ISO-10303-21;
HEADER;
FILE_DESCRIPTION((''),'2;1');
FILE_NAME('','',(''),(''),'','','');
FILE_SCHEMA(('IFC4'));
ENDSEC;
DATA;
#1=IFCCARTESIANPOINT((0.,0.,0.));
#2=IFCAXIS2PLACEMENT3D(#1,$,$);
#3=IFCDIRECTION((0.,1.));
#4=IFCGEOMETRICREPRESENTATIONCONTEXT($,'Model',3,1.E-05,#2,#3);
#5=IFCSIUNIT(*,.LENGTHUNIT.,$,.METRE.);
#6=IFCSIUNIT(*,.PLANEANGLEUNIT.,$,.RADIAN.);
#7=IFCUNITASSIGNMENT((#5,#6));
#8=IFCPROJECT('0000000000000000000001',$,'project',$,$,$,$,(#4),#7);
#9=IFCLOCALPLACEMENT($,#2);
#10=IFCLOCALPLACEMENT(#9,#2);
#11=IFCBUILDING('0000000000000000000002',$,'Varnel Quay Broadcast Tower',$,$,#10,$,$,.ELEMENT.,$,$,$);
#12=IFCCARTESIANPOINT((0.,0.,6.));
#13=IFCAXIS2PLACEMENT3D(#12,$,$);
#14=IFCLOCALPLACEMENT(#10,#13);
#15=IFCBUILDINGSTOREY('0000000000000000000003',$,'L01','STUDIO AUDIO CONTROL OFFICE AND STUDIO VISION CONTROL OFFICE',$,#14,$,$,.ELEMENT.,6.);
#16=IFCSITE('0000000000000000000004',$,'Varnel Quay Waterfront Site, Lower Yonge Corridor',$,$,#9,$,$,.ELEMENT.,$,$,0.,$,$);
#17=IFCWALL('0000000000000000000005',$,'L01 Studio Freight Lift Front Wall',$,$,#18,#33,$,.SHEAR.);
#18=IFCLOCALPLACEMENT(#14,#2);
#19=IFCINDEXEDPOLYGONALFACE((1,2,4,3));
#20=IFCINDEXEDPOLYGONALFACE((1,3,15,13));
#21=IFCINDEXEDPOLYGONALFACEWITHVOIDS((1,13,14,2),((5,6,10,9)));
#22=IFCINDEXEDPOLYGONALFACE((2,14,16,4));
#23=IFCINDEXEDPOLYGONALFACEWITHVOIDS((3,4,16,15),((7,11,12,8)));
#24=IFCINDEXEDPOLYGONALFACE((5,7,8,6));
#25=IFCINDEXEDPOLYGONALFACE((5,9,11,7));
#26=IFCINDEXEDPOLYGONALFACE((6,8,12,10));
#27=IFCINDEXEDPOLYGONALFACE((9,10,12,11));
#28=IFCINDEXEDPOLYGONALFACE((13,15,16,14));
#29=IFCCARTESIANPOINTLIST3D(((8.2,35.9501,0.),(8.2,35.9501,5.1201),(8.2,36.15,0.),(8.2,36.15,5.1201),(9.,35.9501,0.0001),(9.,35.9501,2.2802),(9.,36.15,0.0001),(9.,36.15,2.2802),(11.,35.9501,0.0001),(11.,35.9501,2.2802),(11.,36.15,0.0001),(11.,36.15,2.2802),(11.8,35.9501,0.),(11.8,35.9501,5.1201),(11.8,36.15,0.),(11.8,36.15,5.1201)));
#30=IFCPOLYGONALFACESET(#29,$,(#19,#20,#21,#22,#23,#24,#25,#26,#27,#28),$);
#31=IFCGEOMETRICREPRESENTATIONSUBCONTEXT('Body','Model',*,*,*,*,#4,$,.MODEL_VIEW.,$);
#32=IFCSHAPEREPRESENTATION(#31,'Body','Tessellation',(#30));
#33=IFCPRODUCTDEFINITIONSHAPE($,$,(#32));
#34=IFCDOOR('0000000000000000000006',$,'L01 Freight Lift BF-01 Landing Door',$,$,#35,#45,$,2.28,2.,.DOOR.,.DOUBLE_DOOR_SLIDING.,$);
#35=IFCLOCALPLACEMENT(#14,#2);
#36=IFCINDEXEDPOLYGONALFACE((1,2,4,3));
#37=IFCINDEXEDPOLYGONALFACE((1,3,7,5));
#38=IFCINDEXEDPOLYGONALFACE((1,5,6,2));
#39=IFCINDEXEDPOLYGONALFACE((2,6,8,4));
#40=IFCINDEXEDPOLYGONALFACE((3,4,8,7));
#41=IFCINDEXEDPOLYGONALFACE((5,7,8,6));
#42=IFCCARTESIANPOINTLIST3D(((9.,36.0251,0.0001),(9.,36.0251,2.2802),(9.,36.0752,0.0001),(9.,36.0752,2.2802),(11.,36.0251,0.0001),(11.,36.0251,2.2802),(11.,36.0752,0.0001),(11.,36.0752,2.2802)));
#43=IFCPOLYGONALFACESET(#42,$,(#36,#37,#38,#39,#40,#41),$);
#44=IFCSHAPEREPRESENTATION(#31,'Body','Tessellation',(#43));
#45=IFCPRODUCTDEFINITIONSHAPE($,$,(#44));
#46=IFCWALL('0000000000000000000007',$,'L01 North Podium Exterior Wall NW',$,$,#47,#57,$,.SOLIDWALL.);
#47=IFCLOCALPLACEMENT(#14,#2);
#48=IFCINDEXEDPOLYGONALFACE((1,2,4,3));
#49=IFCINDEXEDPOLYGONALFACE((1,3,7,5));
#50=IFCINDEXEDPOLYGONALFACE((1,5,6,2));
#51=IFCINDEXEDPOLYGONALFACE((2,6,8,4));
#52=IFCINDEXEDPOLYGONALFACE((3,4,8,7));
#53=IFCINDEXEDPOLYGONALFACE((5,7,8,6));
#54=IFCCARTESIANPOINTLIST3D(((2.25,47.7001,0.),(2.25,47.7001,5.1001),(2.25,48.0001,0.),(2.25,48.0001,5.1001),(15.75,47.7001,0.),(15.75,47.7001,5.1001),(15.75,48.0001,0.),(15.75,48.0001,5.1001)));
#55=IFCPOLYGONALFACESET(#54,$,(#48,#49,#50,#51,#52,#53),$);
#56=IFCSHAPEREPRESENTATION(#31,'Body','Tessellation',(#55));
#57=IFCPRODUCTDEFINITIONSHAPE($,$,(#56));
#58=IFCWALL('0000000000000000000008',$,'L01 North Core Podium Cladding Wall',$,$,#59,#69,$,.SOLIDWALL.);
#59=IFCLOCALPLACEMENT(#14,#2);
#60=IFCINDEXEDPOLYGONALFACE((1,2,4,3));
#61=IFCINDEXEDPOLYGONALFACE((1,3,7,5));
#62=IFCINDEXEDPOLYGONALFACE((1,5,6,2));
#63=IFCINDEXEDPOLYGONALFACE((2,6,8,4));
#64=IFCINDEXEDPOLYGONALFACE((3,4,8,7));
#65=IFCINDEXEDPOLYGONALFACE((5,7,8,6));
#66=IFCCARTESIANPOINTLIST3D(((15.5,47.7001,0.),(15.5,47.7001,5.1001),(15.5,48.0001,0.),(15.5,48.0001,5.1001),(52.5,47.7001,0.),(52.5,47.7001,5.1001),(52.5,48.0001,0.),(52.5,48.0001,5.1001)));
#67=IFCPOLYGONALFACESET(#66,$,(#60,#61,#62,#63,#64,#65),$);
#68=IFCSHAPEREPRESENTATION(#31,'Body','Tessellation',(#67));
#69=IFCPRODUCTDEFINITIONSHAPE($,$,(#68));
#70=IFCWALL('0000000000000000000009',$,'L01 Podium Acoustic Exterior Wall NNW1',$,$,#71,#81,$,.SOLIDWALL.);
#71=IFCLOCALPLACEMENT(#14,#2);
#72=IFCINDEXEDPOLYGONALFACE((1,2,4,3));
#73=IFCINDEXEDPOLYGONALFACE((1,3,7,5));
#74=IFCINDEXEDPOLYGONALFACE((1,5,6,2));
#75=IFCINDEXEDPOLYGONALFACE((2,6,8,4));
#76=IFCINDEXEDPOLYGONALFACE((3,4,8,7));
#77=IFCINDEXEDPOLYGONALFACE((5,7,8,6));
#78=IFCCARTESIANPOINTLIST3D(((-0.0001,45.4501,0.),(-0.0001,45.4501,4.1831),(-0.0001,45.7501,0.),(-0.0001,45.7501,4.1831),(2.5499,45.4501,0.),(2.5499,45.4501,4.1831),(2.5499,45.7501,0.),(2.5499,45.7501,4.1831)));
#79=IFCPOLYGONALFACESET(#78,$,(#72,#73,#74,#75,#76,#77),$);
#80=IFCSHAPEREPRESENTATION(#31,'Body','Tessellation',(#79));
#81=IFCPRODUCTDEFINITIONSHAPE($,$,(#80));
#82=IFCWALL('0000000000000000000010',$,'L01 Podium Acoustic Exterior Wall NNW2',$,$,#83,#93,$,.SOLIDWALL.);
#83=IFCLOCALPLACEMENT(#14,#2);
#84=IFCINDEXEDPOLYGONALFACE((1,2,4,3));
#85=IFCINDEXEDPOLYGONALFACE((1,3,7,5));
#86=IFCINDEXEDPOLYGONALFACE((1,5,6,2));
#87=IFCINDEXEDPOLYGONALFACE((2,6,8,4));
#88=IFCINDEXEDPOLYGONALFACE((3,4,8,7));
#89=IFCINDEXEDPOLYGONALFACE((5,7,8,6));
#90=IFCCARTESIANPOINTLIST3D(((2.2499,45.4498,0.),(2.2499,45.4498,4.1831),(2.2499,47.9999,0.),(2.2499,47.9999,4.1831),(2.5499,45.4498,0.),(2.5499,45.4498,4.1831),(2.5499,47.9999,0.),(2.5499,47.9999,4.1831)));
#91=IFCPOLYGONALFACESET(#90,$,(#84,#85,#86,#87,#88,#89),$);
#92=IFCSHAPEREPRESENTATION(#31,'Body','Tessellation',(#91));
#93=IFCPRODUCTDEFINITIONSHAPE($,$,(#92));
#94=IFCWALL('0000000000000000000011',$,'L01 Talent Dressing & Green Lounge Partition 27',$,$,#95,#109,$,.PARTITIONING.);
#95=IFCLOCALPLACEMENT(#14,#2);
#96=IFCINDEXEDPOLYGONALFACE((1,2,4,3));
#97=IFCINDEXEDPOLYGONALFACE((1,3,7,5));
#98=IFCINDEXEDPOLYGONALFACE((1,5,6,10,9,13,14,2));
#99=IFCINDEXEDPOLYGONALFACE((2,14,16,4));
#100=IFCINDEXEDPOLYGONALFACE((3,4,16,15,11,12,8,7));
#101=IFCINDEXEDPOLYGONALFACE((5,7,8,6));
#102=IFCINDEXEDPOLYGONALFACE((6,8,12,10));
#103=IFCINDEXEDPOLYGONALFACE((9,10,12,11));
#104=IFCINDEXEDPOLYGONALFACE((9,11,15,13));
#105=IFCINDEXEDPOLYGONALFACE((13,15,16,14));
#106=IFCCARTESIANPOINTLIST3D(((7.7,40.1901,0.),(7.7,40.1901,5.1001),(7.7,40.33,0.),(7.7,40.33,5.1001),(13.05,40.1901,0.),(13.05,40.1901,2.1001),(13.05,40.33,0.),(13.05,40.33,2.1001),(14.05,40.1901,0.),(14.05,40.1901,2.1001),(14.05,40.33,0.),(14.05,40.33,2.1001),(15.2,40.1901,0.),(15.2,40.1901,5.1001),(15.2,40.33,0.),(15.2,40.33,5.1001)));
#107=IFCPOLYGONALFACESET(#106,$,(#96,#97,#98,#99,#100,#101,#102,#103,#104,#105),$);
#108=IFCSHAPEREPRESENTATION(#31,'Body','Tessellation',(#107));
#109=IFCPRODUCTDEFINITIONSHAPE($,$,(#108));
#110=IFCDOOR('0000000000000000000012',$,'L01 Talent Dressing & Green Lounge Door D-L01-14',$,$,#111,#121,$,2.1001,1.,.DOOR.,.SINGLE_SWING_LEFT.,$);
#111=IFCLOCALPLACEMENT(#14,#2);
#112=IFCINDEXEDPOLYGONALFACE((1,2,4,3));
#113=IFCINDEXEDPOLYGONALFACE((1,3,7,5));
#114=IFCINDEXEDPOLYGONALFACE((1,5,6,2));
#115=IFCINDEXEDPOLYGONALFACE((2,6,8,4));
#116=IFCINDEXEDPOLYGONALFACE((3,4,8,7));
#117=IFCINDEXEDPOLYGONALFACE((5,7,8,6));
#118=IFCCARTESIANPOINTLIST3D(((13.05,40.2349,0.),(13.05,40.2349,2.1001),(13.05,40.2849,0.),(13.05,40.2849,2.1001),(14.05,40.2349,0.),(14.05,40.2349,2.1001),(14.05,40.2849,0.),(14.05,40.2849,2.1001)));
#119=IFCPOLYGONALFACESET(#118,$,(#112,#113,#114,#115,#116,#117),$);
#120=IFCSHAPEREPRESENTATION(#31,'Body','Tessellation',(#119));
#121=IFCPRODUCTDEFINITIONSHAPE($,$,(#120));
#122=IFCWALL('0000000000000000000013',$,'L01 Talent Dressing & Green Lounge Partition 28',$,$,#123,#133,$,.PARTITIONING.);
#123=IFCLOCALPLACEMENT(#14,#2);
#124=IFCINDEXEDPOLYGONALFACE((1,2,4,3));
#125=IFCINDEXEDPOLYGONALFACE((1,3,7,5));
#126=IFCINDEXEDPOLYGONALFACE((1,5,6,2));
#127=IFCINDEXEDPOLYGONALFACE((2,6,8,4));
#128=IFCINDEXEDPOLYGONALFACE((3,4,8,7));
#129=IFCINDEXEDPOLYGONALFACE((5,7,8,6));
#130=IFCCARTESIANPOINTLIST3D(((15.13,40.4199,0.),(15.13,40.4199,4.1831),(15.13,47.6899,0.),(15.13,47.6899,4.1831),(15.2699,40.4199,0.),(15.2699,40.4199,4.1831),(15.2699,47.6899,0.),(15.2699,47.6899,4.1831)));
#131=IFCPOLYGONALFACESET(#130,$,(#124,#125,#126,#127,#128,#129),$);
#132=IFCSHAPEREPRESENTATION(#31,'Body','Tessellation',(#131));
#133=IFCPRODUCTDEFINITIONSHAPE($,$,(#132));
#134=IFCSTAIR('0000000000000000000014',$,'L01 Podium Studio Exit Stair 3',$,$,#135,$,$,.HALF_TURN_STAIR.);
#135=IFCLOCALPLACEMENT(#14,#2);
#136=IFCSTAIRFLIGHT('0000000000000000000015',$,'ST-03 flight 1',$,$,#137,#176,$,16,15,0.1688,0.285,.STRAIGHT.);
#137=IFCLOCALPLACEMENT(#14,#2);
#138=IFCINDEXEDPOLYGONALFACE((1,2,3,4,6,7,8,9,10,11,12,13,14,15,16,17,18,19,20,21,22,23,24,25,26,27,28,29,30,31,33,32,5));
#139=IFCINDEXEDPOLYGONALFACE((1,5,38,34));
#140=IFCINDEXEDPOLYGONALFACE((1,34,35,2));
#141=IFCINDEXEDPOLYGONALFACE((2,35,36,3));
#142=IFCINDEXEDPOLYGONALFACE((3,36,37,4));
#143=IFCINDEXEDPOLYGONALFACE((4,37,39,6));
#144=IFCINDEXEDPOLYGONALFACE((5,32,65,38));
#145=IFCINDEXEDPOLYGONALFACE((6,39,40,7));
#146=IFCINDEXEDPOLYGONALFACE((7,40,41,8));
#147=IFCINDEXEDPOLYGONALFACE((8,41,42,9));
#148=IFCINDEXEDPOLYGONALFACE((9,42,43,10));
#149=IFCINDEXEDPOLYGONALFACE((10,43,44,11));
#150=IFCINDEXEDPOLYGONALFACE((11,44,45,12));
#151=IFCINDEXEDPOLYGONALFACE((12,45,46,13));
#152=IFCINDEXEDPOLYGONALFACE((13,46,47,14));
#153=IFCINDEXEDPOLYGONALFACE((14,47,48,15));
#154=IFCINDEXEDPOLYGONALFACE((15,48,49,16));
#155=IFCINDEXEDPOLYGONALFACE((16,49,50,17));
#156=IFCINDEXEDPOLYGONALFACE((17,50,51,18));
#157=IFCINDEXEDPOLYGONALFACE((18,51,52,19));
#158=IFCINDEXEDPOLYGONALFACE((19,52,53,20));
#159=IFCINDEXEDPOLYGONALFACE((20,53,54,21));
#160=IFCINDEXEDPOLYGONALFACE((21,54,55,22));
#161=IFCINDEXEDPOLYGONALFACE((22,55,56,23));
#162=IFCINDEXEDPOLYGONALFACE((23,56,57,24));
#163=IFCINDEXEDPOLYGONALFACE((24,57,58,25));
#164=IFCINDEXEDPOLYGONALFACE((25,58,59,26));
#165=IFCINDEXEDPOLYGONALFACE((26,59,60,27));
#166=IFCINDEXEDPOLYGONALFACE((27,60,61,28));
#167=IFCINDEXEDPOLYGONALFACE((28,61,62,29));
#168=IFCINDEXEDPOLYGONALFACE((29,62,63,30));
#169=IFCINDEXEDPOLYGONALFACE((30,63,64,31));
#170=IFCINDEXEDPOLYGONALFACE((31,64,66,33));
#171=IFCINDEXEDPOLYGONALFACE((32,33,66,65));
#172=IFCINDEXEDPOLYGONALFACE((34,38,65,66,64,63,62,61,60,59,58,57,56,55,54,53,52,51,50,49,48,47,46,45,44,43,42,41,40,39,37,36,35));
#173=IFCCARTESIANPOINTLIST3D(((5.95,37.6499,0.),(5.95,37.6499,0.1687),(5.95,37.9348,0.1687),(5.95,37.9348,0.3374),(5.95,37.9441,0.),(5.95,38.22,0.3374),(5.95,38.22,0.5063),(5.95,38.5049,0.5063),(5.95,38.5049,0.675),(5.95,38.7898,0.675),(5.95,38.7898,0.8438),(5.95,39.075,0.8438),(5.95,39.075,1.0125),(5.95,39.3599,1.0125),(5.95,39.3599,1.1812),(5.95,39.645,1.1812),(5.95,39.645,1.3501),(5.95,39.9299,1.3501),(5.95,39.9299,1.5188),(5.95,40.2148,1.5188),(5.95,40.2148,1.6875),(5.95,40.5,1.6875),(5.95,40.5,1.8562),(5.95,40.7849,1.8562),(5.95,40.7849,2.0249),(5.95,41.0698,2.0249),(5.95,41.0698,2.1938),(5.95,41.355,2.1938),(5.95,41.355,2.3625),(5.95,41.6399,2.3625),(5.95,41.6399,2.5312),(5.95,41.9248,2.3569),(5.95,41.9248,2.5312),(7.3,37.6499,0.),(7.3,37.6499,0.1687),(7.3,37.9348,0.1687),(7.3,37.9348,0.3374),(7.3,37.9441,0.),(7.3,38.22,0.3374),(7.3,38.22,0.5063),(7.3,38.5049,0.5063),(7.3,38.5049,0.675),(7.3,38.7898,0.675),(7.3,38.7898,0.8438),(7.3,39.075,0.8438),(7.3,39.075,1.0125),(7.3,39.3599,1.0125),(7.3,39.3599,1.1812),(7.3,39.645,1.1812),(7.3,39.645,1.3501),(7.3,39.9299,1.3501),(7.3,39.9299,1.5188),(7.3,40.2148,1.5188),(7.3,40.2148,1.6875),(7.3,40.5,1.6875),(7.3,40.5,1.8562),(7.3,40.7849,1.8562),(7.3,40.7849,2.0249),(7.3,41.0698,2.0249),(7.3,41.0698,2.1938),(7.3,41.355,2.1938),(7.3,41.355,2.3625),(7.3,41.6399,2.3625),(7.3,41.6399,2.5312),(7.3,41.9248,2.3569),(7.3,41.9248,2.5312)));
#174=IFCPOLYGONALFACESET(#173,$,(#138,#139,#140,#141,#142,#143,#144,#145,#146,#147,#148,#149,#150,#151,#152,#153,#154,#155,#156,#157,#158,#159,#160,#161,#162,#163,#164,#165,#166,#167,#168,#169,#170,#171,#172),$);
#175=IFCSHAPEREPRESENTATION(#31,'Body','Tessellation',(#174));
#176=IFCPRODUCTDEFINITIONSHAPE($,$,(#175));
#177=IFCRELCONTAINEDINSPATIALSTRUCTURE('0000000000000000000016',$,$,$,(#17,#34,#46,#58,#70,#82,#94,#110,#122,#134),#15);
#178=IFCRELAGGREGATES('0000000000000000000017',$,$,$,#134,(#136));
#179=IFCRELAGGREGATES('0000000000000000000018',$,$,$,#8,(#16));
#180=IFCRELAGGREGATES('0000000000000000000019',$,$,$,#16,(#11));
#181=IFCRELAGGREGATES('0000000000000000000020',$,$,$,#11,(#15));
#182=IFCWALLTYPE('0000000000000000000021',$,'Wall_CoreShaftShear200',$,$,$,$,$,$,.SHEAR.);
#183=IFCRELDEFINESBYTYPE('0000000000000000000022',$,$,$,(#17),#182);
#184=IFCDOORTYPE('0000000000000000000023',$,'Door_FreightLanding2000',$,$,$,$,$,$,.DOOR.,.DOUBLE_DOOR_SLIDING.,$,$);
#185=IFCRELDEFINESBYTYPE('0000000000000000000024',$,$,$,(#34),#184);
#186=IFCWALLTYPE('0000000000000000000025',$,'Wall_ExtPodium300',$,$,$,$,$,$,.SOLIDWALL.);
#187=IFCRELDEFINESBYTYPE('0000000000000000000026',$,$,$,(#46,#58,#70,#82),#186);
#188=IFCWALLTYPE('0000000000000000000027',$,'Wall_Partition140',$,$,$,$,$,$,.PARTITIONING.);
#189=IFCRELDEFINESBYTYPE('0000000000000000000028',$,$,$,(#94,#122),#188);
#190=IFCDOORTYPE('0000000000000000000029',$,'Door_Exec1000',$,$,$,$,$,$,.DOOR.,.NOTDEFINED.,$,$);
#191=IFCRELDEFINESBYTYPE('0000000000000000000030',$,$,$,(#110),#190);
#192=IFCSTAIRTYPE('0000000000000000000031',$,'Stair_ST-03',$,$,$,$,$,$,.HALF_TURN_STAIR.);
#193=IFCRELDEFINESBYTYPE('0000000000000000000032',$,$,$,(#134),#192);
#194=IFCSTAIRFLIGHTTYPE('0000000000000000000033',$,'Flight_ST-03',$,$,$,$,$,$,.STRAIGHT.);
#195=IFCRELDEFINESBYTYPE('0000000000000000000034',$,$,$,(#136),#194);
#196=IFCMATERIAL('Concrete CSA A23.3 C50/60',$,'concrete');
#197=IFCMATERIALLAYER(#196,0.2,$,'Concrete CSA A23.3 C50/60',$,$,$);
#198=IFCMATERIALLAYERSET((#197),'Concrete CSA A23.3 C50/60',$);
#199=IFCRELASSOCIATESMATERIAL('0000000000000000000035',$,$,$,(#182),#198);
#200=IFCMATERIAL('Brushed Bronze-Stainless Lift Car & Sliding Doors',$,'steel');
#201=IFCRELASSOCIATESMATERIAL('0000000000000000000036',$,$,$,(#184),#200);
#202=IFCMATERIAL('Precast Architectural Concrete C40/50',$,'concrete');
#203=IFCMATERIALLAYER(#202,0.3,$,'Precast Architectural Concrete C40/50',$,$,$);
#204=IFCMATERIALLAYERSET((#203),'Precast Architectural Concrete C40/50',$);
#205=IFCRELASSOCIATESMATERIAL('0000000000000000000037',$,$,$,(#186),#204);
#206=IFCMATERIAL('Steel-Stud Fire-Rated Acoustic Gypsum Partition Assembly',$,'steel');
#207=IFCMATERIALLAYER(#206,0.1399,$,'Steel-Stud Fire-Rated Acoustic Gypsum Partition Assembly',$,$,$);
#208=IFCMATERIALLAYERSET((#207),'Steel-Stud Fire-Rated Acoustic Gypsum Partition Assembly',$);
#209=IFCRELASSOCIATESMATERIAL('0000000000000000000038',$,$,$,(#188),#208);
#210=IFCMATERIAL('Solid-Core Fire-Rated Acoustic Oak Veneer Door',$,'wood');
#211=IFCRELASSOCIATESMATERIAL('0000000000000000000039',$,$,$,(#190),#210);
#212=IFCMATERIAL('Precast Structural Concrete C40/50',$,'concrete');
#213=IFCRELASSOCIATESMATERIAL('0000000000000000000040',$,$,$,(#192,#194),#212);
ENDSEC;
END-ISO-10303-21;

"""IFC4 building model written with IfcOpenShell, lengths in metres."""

from ifc_helpers import new_model, si_unit, direction, frame, frame_2d, origin, place, context, subcontext, project, spatial, polyline, rectangle, outline, extrude, source, transform, mapped, material, layer, layer_set, type_object, type_shapes, element, fill, aggregate, save


model = new_model("IFC4")

# Units and contexts
model_context = context("Model", 3, precision=1e-05, world=origin(), true_north=direction((0.0, 1.0)))
body_context = subcontext(model_context, "Body", "Model", "MODEL_VIEW")
ifc_project = project(units=[si_unit("LENGTHUNIT", "METRE"), si_unit("PLANEANGLEUNIT", "RADIAN")], contexts=[model_context])

# Site, building, storey
site_placement = place(None, origin())
site = spatial("IfcSite", under=ifc_project, at=site_placement, Name="Varnel Quay Waterfront Site, Lower Yonge Corridor", CompositionType="ELEMENT", RefElevation=0.0)
building_placement = place(site_placement, origin())
building = spatial("IfcBuilding", under=site, at=building_placement, Name="Varnel Quay Broadcast Tower", CompositionType="ELEMENT")
storey_placement = place(building_placement, frame((0.0, 0.0, 6.0)))
storey = spatial("IfcBuildingStorey", under=building, at=storey_placement, Name="L01", Description="STUDIO AUDIO CONTROL OFFICE AND STUDIO VISION CONTROL OFFICE", CompositionType="ELEMENT", Elevation=6.0)

# Shared definitions
ifc_material_1 = material(Name="Concrete CSA A23.3 C50/60", Category="concrete")
ifc_layer_1 = layer(ifc_material_1, 0.2, Name="Concrete CSA A23.3 C50/60")
ifc_layer_set_1 = layer_set([ifc_layer_1], Name="Concrete CSA A23.3 C50/60")
wall_type_1 = type_object("IfcWallType", Name="Wall_CoreShaftShear200", PredefinedType="SHEAR", material=ifc_layer_set_1)

# Wall, opening, door
wall_1_placement = place(storey_placement, frame((8.2, 36.05, 0.0), z_axis=(0.0, 0.0, 1.0), x_axis=(1.0, 0.0, 0.0)))
wall_1 = element("IfcWall", 1, at=wall_1_placement, inside=storey, type_object=wall_type_1, Name="L01 Studio Freight Lift Front Wall", PredefinedType="SHEAR", context=body_context, shape_type="SweptSolid", body=[
    extrude(rectangle(XDim=3.6001, YDim=0.2, at=frame_2d((1.8, 0.0))), origin(), (0.0, 0.0, 1.0), 5.1201),
])
opening_1_placement = place(wall_1_placement, frame((0.8, 0.0, 0.0)))
opening_1 = element("IfcOpeningElement", 2, at=opening_1_placement, cuts=wall_1, PredefinedType="OPENING", context=body_context, shape_type="SweptSolid", body=[
    extrude(rectangle(XDim=2.0, YDim=2.28, at=frame_2d((1.0, 1.1401))), frame((0.0, 0.1099, 0.0), z_axis=(0.0, -1.0, 0.0), x_axis=(1.0, 0.0, 0.0)), (0.0, 0.0, 1.0), 0.22),
])
ifc_material_2 = material(Name="Brushed Bronze-Stainless Lift Car & Sliding Doors", Category="steel")
door_type_1 = type_object("IfcDoorType", Name="Door_FreightLanding2000", OperationType="DOUBLE_DOOR_SLIDING", PredefinedType="DOOR", material=ifc_material_2)
shared_shape_1 = source(origin(), body_context, "Body", "SweptSolid", [
    extrude(rectangle(XDim=2.0, YDim=2.28, at=frame_2d((1.0, 1.1401))), frame((0.0, 0.0249, 0.0), z_axis=(0.0, -1.0, 0.0), x_axis=(1.0, 0.0, 0.0)), (0.0, 0.0, 1.0), 0.05),
])
type_shapes(door_type_1, [shared_shape_1])
door_1_placement = place(opening_1_placement, frame((2.0, 0.0, 0.0), z_axis=(0.0, 0.0, 1.0), x_axis=(-1.0, 0.0, 0.0)))
door_1 = element("IfcDoor", 3, at=door_1_placement, inside=storey, type_object=door_type_1, Name="L01 Freight Lift BF-01 Landing Door", OperationType="DOUBLE_DOOR_SLIDING", OverallHeight=2.28, OverallWidth=2.0, PredefinedType="DOOR", context=body_context, shape_type="MappedRepresentation", body=[
    mapped(shared_shape_1, transform((0.0, 0.0, 0.0), x_axis=(1.0, 0.0, 0.0), y_axis=(0.0, 1.0, 0.0), z_axis=(0.0, 0.0, 1.0), scale=1.0)),
])
fill(opening_1, door_1)

# Walls
ifc_material_3 = material(Name="Precast Architectural Concrete C40/50", Category="concrete")
ifc_layer_2 = layer(ifc_material_3, 0.3, Name="Precast Architectural Concrete C40/50")
ifc_layer_set_2 = layer_set([ifc_layer_2], Name="Precast Architectural Concrete C40/50")
wall_type_2 = type_object("IfcWallType", Name="Wall_ExtPodium300", PredefinedType="SOLIDWALL", material=ifc_layer_set_2)
wall_2_placement = place(storey_placement, frame((2.25, 47.8501, 0.0), z_axis=(0.0, 0.0, 1.0), x_axis=(1.0, 0.0, 0.0)))
element("IfcWall", 4, at=wall_2_placement, inside=storey, type_object=wall_type_2, Name="L01 North Podium Exterior Wall NW", PredefinedType="SOLIDWALL", context=body_context, shape_type="SweptSolid", body=[
    extrude(rectangle(XDim=13.5, YDim=0.3, at=frame_2d((6.75, 0.0))), origin(), (0.0, 0.0, 1.0), 5.1001),
])
wall_3_placement = place(storey_placement, frame((15.5, 47.8501, 0.0), z_axis=(0.0, 0.0, 1.0), x_axis=(1.0, 0.0, 0.0)))
element("IfcWall", 5, at=wall_3_placement, inside=storey, type_object=wall_type_2, Name="L01 North Core Podium Cladding Wall", PredefinedType="SOLIDWALL", context=body_context, shape_type="SweptSolid", body=[
    extrude(rectangle(XDim=37.0, YDim=0.3, at=frame_2d((18.5, 0.0))), origin(), (0.0, 0.0, 1.0), 5.1001),
])
for number, where, z_axis, x_axis, name in (
    (6, (0.0, 45.6001, 0.0), (0.0, 0.0, 1.0), (1.0, 0.0, 0.0), "L01 Podium Acoustic Exterior Wall NNW1"),
    (7, (2.3999, 45.45, 0.0), (0.0, 0.0, 1.0), (0.0, 1.0, 0.0), "L01 Podium Acoustic Exterior Wall NNW2"),
):
    element("IfcWall", number, at=place(storey_placement, frame(where, z_axis=z_axis, x_axis=x_axis)), inside=storey, type_object=wall_type_2, Name=name, PredefinedType="SOLIDWALL", context=body_context, shape_type="SweptSolid", body=[
        extrude(rectangle(XDim=2.55, YDim=0.3, at=frame_2d((1.2749, 0.0))), origin(), (0.0, 0.0, 1.0), 4.1831),
    ])

# Wall, opening, door
ifc_material_4 = material(Name="Steel-Stud Fire-Rated Acoustic Gypsum Partition Assembly", Category="steel")
ifc_layer_3 = layer(ifc_material_4, 0.1399, Name="Steel-Stud Fire-Rated Acoustic Gypsum Partition Assembly")
ifc_layer_set_3 = layer_set([ifc_layer_3], Name="Steel-Stud Fire-Rated Acoustic Gypsum Partition Assembly")
wall_type_3 = type_object("IfcWallType", Name="Wall_Partition140", PredefinedType="PARTITIONING", material=ifc_layer_set_3)
wall_4_placement = place(storey_placement, frame((7.7, 40.26, 0.0), z_axis=(0.0, 0.0, 1.0), x_axis=(1.0, 0.0, 0.0)))
wall_4 = element("IfcWall", 8, at=wall_4_placement, inside=storey, type_object=wall_type_3, Name="L01 Talent Dressing & Green Lounge Partition 27", PredefinedType="PARTITIONING", context=body_context, shape_type="SweptSolid", body=[
    extrude(rectangle(XDim=7.5, YDim=0.1399, at=frame_2d((3.75, 0.0))), origin(), (0.0, 0.0, 1.0), 5.1001),
])
opening_2_placement = place(wall_4_placement, frame((5.3501, 0.0, 0.0)))
opening_2 = element("IfcOpeningElement", 9, at=opening_2_placement, cuts=wall_4, PredefinedType="OPENING", context=body_context, shape_type="SweptSolid", body=[
    extrude(rectangle(XDim=1.0, YDim=2.1001, at=frame_2d((0.5, 1.05))), frame((0.0, 0.0801, 0.0), z_axis=(0.0, -1.0, 0.0), x_axis=(1.0, 0.0, 0.0)), (0.0, 0.0, 1.0), 0.1599),
])
ifc_material_5 = material(Name="Solid-Core Fire-Rated Acoustic Oak Veneer Door", Category="wood")
door_type_2 = type_object("IfcDoorType", Name="Door_Exec1000", OperationType="NOTDEFINED", PredefinedType="DOOR", material=ifc_material_5)
shared_shape_2 = source(origin(), body_context, "Body", "SweptSolid", [
    extrude(rectangle(XDim=1.0, YDim=2.1001, at=frame_2d((0.5, 1.05))), frame((0.0, 0.0249, 0.0), z_axis=(0.0, -1.0, 0.0), x_axis=(1.0, 0.0, 0.0)), (0.0, 0.0, 1.0), 0.05),
])
type_shapes(door_type_2, [shared_shape_2])
door_2_placement = place(opening_2_placement, origin())
door_2 = element("IfcDoor", 10, at=door_2_placement, inside=storey, type_object=door_type_2, Name="L01 Talent Dressing & Green Lounge Door D-L01-14", OperationType="SINGLE_SWING_LEFT", OverallHeight=2.1001, OverallWidth=1.0, PredefinedType="DOOR", context=body_context, shape_type="MappedRepresentation", body=[
    mapped(shared_shape_2, transform((0.0, 0.0, 0.0), x_axis=(1.0, 0.0, 0.0), y_axis=(0.0, 1.0, 0.0), z_axis=(0.0, 0.0, 1.0), scale=1.0)),
])
fill(opening_2, door_2)

# Wall
wall_5_placement = place(storey_placement, frame((15.2, 40.4199, 0.0), z_axis=(0.0, 0.0, 1.0), x_axis=(0.0, 1.0, 0.0)))
element("IfcWall", 11, at=wall_5_placement, inside=storey, type_object=wall_type_3, Name="L01 Talent Dressing & Green Lounge Partition 28", PredefinedType="PARTITIONING", context=body_context, shape_type="SweptSolid", body=[
    extrude(rectangle(XDim=7.27, YDim=0.1399, at=frame_2d((3.635, 0.0))), origin(), (0.0, 0.0, 1.0), 4.1831),
])

# Stair, stair flight
ifc_material_6 = material(Name="Precast Structural Concrete C40/50", Category="concrete")
stair_type = type_object("IfcStairType", Name="Stair_ST-03", PredefinedType="HALF_TURN_STAIR", material=ifc_material_6)
stair_placement = place(storey_placement, origin())
stair = element("IfcStair", 12, at=stair_placement, inside=storey, type_object=stair_type, Name="L01 Podium Studio Exit Stair 3", PredefinedType="HALF_TURN_STAIR")
stair_flight_type = type_object("IfcStairFlightType", Name="Flight_ST-03", PredefinedType="STRAIGHT", material=ifc_material_6)
stair_flight_1_placement = place(storey_placement, frame((6.625, 37.6499, 0.0), z_axis=(0.0, 0.0, 1.0), x_axis=(0.0, 1.0, 0.0)))
stair_flight_1 = element("IfcStairFlight", 13, at=stair_flight_1_placement, type_object=stair_flight_type, Name="ST-03 flight 1", NumberOfRisers=16, NumberOfTreads=15, PredefinedType="STRAIGHT", RiserHeight=0.1688, TreadLength=0.285, context=body_context, shape_type="SweptSolid", body=[
    extrude(outline(polyline([(0.0, 0.0), (0.0, 0.1687), (0.2849, 0.1687), (0.2849, 0.3374), (0.5701, 0.3374), (0.5701, 0.5063), (0.855, 0.5063), (0.855, 0.675), (1.1399, 0.675), (1.1399, 0.8438), (1.425, 0.8438), (1.425, 1.0125), (1.71, 1.0125), (1.71, 1.1812), (1.9951, 1.1812), (1.9951, 1.3501), (2.28, 1.3501), (2.28, 1.5188), (2.5649, 1.5188), (2.5649, 1.6875), (2.8501, 1.6875), (2.8501, 1.8562), (3.135, 1.8562), (3.135, 2.0249), (3.4199, 2.0249), (3.4199, 2.1938), (3.7051, 2.1938), (3.7051, 2.3625), (3.99, 2.3625), (3.99, 2.5312), (4.2749, 2.5312), (4.2749, 2.7), (4.2749, 2.3569), (0.2942, 0.0), (0.0, 0.0)])), frame((0.0, 0.675, 0.0), z_axis=(0.0, -1.0, 0.0), x_axis=(1.0, 0.0, 0.0)), (0.0, 0.0, 1.0), 1.3501),
])
aggregate(stair, [stair_flight_1])

save(model, "model.ifc")
